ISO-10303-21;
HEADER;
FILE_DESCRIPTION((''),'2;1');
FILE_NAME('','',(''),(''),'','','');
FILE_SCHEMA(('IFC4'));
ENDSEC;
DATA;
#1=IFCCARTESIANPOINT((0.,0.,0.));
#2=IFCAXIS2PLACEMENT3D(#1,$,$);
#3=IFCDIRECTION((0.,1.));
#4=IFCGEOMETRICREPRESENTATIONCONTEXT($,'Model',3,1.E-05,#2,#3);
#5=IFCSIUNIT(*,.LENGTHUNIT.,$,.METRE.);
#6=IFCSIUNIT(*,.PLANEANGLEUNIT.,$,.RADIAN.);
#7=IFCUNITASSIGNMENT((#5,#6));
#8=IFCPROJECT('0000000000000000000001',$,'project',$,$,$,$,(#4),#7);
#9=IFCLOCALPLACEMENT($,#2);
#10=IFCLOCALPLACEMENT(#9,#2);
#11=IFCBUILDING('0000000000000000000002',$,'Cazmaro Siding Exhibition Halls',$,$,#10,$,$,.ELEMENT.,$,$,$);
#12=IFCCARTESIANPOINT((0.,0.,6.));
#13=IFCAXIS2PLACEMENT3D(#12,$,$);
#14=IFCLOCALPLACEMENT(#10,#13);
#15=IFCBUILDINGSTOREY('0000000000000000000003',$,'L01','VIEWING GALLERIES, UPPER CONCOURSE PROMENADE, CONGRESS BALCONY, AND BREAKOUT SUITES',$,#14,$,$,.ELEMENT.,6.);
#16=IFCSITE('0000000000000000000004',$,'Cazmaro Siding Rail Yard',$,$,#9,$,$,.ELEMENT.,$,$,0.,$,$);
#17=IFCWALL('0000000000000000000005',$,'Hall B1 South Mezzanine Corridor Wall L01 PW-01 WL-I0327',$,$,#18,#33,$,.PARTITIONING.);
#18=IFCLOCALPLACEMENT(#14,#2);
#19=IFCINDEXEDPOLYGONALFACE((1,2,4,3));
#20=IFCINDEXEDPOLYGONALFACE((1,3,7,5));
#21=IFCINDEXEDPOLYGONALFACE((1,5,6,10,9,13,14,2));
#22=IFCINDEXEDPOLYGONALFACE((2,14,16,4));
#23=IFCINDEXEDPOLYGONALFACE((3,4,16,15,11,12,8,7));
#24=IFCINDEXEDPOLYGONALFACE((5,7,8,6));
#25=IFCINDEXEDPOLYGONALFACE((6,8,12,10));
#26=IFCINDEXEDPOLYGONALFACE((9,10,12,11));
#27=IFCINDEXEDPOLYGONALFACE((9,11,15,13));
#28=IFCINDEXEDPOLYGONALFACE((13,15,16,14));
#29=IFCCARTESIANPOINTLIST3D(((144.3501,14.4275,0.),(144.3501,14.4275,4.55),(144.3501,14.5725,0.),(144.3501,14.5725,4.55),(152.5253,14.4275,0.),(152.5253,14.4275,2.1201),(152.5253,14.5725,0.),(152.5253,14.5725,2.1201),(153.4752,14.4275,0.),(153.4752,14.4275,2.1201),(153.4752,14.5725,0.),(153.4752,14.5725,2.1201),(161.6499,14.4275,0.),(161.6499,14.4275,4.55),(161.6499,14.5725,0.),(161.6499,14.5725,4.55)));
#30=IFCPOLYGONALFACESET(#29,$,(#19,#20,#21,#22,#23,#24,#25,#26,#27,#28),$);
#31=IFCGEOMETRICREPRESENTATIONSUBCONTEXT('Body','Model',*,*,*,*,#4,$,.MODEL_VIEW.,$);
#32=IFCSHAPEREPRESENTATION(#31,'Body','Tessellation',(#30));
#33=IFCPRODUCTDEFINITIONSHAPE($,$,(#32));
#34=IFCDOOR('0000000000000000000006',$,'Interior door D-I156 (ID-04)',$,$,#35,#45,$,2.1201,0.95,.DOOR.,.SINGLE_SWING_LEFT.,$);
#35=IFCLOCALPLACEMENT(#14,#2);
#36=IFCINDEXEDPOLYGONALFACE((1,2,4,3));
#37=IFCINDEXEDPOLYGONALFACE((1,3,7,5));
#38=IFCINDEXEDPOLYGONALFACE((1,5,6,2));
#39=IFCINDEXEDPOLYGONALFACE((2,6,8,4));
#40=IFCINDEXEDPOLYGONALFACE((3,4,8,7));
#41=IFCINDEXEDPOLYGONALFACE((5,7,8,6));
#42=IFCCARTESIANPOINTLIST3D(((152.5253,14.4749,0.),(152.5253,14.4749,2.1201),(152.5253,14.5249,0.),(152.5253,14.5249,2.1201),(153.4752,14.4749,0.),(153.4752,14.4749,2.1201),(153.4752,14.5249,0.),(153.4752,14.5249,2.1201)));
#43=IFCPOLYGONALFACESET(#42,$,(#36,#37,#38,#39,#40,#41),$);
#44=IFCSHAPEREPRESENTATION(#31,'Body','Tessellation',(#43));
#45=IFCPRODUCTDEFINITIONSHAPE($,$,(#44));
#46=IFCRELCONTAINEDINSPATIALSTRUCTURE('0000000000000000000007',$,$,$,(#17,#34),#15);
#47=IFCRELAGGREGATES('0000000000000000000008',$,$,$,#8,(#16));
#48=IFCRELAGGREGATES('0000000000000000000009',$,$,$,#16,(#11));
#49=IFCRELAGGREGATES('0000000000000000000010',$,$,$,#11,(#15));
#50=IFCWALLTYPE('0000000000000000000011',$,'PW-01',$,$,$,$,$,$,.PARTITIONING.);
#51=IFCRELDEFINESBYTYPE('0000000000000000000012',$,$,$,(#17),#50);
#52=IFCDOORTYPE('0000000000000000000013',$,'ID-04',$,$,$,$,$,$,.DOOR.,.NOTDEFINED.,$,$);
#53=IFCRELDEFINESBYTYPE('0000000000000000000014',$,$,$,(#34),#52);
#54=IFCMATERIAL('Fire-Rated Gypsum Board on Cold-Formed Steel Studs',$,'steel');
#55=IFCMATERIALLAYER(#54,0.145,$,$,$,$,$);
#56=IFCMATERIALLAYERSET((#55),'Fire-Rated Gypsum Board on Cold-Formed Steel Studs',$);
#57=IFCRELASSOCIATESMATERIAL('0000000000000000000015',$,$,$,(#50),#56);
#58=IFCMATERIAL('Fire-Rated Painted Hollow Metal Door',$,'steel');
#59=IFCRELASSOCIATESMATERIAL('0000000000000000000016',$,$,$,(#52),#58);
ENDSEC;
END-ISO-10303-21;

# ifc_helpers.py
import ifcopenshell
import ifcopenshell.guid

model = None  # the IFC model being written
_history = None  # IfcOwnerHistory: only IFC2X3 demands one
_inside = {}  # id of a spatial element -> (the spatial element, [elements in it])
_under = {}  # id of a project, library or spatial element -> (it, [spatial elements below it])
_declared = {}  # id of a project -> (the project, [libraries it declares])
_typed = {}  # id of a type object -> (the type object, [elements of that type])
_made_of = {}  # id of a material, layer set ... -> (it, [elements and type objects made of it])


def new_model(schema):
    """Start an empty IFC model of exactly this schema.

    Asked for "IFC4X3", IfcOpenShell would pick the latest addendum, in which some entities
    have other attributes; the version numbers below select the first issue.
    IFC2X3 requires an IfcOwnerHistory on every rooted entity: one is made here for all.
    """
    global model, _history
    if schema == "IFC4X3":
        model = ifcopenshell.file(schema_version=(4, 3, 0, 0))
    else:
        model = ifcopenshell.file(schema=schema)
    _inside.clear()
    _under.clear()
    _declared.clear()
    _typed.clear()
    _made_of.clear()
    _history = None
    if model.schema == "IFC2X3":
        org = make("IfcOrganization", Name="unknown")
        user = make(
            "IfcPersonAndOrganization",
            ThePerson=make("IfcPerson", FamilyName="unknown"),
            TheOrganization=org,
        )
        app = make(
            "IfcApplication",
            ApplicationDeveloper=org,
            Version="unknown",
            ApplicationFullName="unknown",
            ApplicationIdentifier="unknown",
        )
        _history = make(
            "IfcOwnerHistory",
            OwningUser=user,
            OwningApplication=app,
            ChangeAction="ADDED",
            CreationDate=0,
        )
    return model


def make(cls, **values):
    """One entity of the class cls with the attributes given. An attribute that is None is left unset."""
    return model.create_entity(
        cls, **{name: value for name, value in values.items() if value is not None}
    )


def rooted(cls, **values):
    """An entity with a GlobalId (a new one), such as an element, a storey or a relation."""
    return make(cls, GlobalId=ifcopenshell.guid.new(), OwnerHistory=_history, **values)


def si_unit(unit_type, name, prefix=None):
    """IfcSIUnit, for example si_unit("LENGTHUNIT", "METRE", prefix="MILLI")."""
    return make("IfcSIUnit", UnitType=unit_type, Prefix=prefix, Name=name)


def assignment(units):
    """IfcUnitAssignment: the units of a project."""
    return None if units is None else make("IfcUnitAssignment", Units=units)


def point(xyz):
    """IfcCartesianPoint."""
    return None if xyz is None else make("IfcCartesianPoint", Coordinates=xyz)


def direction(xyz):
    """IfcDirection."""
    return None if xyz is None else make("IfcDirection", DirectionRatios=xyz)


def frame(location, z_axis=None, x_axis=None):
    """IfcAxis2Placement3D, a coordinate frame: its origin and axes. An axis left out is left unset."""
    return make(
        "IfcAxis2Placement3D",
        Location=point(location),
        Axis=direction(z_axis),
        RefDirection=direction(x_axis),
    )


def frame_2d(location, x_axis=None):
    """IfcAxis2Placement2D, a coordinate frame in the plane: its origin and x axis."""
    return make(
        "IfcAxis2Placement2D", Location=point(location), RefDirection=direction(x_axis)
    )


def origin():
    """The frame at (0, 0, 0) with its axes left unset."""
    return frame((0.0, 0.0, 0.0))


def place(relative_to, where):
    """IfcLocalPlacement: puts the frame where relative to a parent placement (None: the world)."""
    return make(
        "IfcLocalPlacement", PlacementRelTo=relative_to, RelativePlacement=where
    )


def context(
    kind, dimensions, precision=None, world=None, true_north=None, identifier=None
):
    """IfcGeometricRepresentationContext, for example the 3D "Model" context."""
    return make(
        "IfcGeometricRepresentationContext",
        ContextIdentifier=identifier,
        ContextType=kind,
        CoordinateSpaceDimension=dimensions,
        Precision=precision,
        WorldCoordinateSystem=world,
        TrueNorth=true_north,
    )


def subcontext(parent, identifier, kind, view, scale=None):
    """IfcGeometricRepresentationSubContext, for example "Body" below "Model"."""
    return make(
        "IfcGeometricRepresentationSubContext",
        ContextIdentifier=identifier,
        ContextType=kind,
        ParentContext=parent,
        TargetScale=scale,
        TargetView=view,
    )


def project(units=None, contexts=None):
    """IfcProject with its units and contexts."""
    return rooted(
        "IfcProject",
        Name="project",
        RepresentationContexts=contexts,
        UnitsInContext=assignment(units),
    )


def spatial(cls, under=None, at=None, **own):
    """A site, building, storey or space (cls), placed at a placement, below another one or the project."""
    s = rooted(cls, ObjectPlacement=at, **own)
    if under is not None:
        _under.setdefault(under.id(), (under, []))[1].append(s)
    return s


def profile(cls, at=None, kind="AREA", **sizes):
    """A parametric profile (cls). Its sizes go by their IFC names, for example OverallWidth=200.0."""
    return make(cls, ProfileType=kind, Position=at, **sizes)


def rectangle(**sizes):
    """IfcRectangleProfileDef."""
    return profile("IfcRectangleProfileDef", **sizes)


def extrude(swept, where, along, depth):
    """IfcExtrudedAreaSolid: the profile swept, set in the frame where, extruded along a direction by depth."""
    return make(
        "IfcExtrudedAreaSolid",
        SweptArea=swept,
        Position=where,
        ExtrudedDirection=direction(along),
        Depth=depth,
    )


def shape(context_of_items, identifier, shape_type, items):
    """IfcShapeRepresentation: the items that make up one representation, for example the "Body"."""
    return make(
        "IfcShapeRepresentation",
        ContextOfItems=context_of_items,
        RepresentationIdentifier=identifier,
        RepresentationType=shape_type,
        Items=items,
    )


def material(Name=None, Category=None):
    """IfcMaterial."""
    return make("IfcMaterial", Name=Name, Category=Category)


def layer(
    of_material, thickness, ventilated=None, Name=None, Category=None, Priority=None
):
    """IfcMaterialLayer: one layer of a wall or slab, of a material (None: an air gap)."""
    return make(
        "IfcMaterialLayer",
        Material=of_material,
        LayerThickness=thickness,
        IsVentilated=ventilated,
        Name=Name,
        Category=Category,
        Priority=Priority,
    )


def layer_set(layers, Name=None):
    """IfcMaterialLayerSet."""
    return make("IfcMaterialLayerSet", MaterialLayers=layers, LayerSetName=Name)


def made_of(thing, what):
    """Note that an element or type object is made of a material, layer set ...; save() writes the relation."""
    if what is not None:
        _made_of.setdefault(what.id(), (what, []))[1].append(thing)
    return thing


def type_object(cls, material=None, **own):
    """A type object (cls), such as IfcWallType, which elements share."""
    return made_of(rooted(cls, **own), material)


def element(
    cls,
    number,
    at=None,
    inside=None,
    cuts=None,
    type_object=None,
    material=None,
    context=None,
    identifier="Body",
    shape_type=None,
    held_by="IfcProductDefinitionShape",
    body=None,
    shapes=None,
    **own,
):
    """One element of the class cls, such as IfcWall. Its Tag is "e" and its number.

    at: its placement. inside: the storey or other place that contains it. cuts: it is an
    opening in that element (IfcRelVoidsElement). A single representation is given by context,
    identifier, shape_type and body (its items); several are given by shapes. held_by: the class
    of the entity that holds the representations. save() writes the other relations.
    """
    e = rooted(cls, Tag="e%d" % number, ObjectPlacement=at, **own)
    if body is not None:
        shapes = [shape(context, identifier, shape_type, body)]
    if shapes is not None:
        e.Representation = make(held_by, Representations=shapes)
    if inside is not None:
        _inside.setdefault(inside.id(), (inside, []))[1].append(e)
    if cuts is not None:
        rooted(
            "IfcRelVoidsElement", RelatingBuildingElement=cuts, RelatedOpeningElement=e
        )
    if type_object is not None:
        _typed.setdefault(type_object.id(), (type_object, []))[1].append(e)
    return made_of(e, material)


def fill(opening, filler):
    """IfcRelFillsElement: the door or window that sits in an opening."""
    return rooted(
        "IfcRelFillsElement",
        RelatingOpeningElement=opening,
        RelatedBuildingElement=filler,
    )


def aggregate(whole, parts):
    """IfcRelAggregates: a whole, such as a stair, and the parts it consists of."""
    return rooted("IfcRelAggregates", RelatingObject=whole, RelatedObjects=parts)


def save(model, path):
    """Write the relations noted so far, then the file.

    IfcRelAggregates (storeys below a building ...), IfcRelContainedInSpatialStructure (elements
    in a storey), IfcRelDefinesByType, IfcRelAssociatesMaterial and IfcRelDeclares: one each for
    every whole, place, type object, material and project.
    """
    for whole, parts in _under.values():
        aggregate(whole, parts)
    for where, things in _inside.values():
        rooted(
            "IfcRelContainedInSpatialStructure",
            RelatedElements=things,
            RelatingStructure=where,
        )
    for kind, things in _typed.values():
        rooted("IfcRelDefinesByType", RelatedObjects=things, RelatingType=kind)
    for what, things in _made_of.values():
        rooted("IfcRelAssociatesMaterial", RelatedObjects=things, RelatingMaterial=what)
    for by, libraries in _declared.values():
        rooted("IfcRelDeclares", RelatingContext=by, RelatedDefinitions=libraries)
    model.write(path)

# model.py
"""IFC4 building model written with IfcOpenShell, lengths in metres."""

from ifc_helpers import new_model, si_unit, direction, frame, frame_2d, origin, place, context, subcontext, project, spatial, rectangle, extrude, material, layer, layer_set, type_object, element, fill, save


model = new_model("IFC4")

# Units and contexts
model_context = context("Model", 3, precision=1e-05, world=origin(), true_north=direction((0.0, 1.0)))
body_context = subcontext(model_context, "Body", "Model", "MODEL_VIEW")
ifc_project = project(units=[si_unit("LENGTHUNIT", "METRE"), si_unit("PLANEANGLEUNIT", "RADIAN")], contexts=[model_context])

# Site, building, storey
site_placement = place(None, origin())
site = spatial("IfcSite", under=ifc_project, at=site_placement, Name="Cazmaro Siding Rail Yard", CompositionType="ELEMENT", RefElevation=0.0)
building_placement = place(site_placement, origin())
building = spatial("IfcBuilding", under=site, at=building_placement, Name="Cazmaro Siding Exhibition Halls", CompositionType="ELEMENT")
storey_placement = place(building_placement, frame((0.0, 0.0, 6.0)))
storey = spatial("IfcBuildingStorey", under=building, at=storey_placement, Name="L01", Description="VIEWING GALLERIES, UPPER CONCOURSE PROMENADE, CONGRESS BALCONY, AND BREAKOUT SUITES", CompositionType="ELEMENT", Elevation=6.0)

# Wall, opening, door
ifc_material_1 = material(Name="Fire-Rated Gypsum Board on Cold-Formed Steel Studs", Category="steel")
ifc_layer_1 = layer(ifc_material_1, 0.145)
ifc_layer_set_1 = layer_set([ifc_layer_1], Name="Fire-Rated Gypsum Board on Cold-Formed Steel Studs")
wall_type_1 = type_object("IfcWallType", Name="PW-01", PredefinedType="PARTITIONING", material=ifc_layer_set_1)
wall_1_placement = place(storey_placement, frame((144.3501, 14.5, 0.0), z_axis=(0.0, 0.0, 1.0), x_axis=(1.0, 0.0, 0.0)))
wall_1 = element("IfcWall", 1, at=wall_1_placement, inside=storey, type_object=wall_type_1, Name="Hall B1 South Mezzanine Corridor Wall L01 PW-01 WL-I0327", PredefinedType="PARTITIONING", context=body_context, shape_type="SweptSolid", body=[
    extrude(rectangle(XDim=17.2998, YDim=0.145, at=frame_2d((8.6499, 0.0))), origin(), (0.0, 0.0, 1.0), 4.55),
])
opening_1_placement = place(wall_1_placement, frame((8.175, 0.0, 0.0)))
opening_1 = element("IfcOpeningElement", 2, at=opening_1_placement, cuts=wall_1, PredefinedType="OPENING", context=body_context, shape_type="SweptSolid", body=[
    extrude(rectangle(XDim=0.95, YDim=2.1201, at=frame_2d((0.4751, 1.0601))), frame((0.0, 0.0825, 0.0), z_axis=(0.0, -1.0, 0.0), x_axis=(1.0, 0.0, 0.0)), (0.0, 0.0, 1.0), 0.165),
])
ifc_material_2 = material(Name="Fire-Rated Painted Hollow Metal Door", Category="steel")
door_type = type_object("IfcDoorType", Name="ID-04", OperationType="NOTDEFINED", PredefinedType="DOOR", material=ifc_material_2)
door_placement = place(opening_1_placement, origin())
door = element("IfcDoor", 3, at=door_placement, inside=storey, type_object=door_type, Name="Interior door D-I156 (ID-04)", OperationType="SINGLE_SWING_LEFT", OverallHeight=2.1201, OverallWidth=0.95, PredefinedType="DOOR", context=body_context, shape_type="SweptSolid", body=[
    extrude(rectangle(XDim=0.95, YDim=2.1201, at=frame_2d((0.4751, 1.0601))), frame((0.0, 0.0249, 0.0), z_axis=(0.0, -1.0, 0.0), x_axis=(1.0, 0.0, 0.0)), (0.0, 0.0, 1.0), 0.05),
])
fill(opening_1, door)

save(model, "model.ifc")
